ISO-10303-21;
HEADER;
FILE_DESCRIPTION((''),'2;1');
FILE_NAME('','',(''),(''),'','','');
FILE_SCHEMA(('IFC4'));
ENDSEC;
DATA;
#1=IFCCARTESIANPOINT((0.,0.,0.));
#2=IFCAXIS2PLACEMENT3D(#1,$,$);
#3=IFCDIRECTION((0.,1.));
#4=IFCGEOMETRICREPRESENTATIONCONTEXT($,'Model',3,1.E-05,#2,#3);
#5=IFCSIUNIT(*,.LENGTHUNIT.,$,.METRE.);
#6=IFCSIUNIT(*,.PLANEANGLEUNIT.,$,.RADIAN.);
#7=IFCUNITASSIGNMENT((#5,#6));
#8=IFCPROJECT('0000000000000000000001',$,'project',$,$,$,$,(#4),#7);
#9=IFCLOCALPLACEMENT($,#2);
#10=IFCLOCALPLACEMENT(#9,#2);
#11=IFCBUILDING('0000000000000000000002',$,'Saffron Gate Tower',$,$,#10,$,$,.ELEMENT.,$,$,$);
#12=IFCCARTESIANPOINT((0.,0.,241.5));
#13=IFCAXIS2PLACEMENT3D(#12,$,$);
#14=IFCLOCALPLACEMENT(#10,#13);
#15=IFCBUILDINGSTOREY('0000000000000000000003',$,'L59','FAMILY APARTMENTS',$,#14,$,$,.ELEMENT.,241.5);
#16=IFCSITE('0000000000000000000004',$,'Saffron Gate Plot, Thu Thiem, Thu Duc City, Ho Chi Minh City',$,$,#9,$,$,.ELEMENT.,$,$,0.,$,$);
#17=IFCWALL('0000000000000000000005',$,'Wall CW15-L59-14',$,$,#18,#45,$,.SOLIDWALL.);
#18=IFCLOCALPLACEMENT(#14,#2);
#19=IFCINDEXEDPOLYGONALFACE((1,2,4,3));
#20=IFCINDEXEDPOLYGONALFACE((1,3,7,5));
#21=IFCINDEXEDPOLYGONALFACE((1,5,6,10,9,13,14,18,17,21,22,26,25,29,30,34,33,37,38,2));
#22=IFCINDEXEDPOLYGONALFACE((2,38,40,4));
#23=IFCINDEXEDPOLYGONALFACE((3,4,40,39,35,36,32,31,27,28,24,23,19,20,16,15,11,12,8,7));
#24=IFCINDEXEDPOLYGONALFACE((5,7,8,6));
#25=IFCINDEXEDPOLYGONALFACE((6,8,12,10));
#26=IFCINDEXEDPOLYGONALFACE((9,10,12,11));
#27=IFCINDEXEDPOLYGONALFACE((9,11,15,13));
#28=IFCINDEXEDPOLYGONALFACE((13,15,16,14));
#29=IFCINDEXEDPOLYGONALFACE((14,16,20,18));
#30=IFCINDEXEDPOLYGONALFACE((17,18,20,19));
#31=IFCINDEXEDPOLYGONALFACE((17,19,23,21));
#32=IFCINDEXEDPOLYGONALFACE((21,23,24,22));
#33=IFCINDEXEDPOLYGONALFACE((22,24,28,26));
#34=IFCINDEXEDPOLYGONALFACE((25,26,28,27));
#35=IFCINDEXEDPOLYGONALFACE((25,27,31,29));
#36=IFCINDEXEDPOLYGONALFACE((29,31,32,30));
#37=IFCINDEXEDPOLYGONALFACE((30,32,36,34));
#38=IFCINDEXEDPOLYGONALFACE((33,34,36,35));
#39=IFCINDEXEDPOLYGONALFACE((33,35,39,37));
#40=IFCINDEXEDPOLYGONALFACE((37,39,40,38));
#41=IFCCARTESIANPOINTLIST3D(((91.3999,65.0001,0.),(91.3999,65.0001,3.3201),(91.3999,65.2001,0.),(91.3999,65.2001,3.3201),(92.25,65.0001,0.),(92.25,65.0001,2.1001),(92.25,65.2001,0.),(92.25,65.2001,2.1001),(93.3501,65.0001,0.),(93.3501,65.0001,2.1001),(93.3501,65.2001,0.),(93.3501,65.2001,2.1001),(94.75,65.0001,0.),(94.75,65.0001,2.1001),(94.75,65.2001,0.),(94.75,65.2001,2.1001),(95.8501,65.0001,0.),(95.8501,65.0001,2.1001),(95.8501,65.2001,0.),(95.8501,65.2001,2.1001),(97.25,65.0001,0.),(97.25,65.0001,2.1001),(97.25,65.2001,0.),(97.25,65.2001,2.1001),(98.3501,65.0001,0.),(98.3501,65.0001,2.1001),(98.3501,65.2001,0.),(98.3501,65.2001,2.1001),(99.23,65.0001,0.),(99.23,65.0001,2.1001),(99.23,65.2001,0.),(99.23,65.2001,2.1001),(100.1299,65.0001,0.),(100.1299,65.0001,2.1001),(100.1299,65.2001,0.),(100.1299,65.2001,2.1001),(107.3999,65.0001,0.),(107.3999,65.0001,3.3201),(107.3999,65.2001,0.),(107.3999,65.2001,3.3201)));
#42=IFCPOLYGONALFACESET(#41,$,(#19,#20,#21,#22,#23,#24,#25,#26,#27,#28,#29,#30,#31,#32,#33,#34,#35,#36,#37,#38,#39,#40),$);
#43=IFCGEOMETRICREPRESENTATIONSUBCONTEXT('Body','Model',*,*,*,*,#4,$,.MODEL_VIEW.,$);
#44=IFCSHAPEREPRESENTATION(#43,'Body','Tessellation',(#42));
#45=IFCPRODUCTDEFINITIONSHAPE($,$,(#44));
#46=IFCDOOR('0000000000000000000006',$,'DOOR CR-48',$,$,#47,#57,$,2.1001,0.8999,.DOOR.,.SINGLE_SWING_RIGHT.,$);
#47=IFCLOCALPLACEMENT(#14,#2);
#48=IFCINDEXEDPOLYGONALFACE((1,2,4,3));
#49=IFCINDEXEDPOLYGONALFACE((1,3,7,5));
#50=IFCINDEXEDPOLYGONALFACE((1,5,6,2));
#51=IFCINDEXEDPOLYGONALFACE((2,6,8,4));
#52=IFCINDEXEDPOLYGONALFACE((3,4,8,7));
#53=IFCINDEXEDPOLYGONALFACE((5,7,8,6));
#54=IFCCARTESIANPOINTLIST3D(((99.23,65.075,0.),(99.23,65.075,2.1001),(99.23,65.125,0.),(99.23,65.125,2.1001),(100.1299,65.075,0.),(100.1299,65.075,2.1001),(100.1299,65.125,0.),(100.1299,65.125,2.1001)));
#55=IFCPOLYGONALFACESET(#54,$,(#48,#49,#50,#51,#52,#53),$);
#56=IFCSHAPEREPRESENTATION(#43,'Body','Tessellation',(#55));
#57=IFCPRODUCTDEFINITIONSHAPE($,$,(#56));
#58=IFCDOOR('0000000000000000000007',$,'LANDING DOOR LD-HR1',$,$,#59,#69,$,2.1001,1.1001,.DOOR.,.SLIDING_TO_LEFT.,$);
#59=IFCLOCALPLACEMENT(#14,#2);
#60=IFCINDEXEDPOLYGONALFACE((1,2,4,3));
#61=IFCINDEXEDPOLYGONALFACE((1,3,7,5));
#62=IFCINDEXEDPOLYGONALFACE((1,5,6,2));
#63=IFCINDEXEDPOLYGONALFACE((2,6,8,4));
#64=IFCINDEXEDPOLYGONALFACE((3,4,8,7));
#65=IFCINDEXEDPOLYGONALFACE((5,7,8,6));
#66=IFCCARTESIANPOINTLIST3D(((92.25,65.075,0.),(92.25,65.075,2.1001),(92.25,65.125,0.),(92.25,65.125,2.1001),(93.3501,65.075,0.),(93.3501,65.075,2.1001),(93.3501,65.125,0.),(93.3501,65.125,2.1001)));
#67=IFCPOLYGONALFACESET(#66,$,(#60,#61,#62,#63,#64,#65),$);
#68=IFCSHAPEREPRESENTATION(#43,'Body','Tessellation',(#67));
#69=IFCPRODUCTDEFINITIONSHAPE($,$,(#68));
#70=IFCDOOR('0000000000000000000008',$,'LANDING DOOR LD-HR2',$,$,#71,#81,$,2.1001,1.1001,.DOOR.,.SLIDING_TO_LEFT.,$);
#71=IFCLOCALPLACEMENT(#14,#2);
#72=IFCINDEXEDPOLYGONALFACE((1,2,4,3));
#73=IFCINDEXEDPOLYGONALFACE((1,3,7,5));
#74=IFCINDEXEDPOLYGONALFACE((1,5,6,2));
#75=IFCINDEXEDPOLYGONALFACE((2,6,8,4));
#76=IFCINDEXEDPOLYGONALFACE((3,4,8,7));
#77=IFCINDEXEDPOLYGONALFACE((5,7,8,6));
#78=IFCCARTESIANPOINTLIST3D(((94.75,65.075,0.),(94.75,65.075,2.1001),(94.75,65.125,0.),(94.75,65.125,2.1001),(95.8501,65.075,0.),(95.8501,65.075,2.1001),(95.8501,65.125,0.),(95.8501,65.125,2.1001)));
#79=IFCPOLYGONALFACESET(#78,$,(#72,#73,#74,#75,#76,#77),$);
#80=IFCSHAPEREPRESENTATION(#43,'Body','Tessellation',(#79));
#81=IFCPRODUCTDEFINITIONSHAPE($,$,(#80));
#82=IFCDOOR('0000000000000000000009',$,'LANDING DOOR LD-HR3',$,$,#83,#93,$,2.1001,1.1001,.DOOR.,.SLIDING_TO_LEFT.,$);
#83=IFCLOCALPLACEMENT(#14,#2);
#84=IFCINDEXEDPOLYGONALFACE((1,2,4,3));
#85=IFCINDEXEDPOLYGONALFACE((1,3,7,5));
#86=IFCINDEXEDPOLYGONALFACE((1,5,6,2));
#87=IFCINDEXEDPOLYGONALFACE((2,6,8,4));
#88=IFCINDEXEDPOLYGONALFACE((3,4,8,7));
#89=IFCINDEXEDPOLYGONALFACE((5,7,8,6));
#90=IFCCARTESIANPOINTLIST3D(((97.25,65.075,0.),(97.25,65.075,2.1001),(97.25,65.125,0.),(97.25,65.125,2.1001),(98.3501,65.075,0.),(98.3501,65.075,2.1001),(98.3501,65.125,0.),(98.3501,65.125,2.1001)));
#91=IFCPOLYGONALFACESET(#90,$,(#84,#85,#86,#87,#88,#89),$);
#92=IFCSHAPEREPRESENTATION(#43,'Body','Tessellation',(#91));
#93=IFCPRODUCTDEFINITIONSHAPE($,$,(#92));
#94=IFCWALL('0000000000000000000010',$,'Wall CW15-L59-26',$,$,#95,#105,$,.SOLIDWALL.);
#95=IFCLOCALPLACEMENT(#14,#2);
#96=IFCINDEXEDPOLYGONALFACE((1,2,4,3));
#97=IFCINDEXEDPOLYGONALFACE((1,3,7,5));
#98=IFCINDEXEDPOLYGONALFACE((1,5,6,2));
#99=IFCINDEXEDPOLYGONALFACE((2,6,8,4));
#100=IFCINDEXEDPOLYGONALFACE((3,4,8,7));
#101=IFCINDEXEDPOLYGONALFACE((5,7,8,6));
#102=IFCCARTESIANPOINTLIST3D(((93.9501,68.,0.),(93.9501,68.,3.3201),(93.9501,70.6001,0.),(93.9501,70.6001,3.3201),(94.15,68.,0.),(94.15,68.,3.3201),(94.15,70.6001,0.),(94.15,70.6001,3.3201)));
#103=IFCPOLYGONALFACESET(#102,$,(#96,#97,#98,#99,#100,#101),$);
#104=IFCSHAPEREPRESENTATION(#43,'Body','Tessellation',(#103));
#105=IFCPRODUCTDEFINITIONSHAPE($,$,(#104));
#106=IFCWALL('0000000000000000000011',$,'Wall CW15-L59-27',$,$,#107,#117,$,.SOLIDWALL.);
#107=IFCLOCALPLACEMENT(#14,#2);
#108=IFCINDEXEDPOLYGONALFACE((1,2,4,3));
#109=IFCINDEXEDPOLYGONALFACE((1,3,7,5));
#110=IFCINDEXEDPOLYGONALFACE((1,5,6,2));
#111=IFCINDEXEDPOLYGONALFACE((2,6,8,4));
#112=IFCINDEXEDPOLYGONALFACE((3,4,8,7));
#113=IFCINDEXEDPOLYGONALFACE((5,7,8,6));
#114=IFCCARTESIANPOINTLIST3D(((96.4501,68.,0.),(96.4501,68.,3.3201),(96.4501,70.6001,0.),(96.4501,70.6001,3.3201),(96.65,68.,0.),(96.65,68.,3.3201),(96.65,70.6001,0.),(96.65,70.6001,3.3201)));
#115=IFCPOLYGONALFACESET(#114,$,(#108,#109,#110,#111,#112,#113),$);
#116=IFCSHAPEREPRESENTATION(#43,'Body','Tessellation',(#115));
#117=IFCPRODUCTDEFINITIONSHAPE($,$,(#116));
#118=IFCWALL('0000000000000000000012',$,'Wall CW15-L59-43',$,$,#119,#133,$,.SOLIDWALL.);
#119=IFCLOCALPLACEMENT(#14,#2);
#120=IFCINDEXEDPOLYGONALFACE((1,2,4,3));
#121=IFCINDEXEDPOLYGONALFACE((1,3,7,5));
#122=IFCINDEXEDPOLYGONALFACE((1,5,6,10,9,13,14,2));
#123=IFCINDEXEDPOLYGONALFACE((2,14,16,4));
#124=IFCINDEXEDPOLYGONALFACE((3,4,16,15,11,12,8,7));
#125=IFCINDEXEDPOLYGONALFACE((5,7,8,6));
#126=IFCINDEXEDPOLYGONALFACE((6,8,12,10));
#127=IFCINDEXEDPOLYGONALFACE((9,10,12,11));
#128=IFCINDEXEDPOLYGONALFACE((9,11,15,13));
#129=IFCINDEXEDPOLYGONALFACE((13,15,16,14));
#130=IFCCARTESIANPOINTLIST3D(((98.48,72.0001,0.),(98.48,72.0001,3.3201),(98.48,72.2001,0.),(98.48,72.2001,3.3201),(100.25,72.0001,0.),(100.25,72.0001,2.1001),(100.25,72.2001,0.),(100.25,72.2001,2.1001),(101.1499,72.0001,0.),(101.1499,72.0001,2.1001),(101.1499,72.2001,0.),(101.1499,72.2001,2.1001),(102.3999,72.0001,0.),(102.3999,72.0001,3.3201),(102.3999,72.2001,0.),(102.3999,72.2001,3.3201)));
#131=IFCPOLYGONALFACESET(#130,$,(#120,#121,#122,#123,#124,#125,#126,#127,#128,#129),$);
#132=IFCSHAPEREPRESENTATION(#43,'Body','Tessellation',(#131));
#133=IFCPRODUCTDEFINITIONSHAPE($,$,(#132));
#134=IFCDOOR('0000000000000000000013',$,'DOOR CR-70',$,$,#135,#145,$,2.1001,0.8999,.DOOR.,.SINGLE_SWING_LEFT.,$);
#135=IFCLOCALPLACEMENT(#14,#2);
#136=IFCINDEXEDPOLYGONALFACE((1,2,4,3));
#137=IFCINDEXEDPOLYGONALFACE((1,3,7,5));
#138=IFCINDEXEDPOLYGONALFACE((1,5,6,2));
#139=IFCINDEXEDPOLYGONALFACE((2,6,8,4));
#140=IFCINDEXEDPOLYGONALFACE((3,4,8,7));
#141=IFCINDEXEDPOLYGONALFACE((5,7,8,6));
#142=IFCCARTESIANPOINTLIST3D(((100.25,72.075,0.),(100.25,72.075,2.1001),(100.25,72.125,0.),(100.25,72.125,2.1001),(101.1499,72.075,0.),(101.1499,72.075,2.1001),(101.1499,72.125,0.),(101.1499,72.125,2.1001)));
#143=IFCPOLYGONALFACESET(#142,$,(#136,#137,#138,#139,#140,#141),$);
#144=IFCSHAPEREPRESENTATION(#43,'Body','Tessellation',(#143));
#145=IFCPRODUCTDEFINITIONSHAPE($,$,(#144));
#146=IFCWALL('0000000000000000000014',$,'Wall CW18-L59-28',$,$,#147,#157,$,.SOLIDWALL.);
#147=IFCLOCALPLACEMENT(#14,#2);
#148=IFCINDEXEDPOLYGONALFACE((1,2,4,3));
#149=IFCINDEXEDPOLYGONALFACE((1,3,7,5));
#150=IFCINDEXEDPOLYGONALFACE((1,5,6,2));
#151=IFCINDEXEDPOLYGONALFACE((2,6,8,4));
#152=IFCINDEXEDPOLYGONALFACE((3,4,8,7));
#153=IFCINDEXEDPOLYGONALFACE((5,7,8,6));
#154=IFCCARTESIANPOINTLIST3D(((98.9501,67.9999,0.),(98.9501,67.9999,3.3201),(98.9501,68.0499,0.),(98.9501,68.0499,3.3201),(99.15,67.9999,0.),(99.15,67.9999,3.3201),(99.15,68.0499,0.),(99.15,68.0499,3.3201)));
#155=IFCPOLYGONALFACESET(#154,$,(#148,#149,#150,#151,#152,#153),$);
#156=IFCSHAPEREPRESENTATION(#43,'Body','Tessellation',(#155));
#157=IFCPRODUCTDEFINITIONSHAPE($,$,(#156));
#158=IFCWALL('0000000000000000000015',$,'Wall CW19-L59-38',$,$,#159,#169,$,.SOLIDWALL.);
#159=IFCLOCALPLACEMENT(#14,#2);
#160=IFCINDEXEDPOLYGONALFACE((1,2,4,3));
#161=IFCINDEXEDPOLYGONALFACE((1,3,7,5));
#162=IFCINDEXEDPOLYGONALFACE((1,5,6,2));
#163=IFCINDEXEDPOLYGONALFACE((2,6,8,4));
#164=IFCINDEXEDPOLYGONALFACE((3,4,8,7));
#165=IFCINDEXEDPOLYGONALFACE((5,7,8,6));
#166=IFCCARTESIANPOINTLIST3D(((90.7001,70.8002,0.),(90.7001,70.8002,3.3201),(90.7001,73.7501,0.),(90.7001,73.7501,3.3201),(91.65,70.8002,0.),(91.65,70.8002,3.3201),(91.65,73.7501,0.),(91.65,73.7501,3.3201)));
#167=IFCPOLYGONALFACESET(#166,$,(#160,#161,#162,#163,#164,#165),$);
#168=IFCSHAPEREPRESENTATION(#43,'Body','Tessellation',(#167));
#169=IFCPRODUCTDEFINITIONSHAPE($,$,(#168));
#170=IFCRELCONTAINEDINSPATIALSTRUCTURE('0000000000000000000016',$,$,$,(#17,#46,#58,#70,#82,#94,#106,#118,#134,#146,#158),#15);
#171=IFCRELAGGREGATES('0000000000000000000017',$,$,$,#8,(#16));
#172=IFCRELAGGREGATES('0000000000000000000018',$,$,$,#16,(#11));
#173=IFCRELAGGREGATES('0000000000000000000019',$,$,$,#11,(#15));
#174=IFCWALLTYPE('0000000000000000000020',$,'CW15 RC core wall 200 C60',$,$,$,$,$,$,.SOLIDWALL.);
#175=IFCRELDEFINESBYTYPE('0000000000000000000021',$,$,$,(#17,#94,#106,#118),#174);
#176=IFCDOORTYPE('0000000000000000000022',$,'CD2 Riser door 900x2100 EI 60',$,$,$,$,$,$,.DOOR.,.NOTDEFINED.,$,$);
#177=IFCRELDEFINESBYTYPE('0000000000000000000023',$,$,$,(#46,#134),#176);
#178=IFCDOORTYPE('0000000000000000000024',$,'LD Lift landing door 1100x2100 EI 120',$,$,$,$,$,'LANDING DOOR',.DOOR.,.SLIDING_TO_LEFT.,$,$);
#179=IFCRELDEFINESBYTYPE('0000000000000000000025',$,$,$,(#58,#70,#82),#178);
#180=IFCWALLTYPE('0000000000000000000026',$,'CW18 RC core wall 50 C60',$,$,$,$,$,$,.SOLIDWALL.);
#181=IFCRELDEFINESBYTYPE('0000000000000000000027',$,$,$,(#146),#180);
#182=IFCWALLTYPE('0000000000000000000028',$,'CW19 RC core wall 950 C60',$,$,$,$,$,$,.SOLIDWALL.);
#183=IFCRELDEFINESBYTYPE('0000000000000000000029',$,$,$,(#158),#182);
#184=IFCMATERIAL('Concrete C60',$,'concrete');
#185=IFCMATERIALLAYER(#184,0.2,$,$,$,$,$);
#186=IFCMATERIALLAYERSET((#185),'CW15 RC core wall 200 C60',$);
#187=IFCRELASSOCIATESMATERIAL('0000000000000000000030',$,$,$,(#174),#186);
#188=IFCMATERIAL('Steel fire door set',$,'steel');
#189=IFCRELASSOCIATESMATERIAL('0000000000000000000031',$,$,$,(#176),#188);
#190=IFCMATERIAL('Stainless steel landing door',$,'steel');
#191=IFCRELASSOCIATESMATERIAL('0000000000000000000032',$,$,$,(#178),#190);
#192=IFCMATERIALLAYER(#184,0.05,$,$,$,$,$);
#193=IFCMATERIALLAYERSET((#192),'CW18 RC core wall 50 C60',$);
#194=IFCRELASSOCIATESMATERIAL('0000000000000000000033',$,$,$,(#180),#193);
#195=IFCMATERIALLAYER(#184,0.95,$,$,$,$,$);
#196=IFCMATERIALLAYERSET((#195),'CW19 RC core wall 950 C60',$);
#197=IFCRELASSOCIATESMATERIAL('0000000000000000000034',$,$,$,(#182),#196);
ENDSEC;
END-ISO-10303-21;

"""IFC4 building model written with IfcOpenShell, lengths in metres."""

from ifc_helpers import new_model, si_unit, direction, frame, frame_2d, origin, place, context, subcontext, project, spatial, rectangle, extrude, material, layer, layer_set, type_object, element, fill, save


model = new_model("IFC4")

# Units and contexts
model_context = context("Model", 3, precision=1e-05, world=origin(), true_north=direction((0.0, 1.0)))
body_context = subcontext(model_context, "Body", "Model", "MODEL_VIEW")
ifc_project = project(units=[si_unit("LENGTHUNIT", "METRE"), si_unit("PLANEANGLEUNIT", "RADIAN")], contexts=[model_context])

# Site, building, storey
site_placement = place(None, origin())
site = spatial("IfcSite", under=ifc_project, at=site_placement, Name="Saffron Gate Plot, Thu Thiem, Thu Duc City, Ho Chi Minh City", CompositionType="ELEMENT", RefElevation=0.0)
building_placement = place(site_placement, origin())
building = spatial("IfcBuilding", under=site, at=building_placement, Name="Saffron Gate Tower", CompositionType="ELEMENT")
storey_placement = place(building_placement, frame((0.0, 0.0, 241.5)))
storey = spatial("IfcBuildingStorey", under=building, at=storey_placement, Name="L59", Description="FAMILY APARTMENTS", CompositionType="ELEMENT", Elevation=241.5)

# Shared definitions
ifc_material_1 = material(Name="Concrete C60", Category="concrete")

# Shared definitions
ifc_material_2 = material(Name="Steel fire door set", Category="steel")

# Shared definitions
ifc_layer_1 = layer(ifc_material_1, 0.2)
ifc_layer_set_1 = layer_set([ifc_layer_1], Name="CW15 RC core wall 200 C60")
wall_type_1 = type_object("IfcWallType", Name="CW15 RC core wall 200 C60", PredefinedType="SOLIDWALL", material=ifc_layer_set_1)

# Wall, openings, doors
wall_1_placement = place(storey_placement, frame((91.3999, 65.1001, 0.0), z_axis=(0.0, 0.0, 1.0), x_axis=(1.0, 0.0, 0.0)))
wall_1 = element("IfcWall", 1, at=wall_1_placement, inside=storey, type_object=wall_type_1, Name="Wall CW15-L59-14", PredefinedType="SOLIDWALL", context=body_context, shape_type="SweptSolid", body=[
    extrude(rectangle(XDim=16.0, YDim=0.2, at=frame_2d((8.0, 0.0))), origin(), (0.0, 0.0, 1.0), 3.3201),
])
opening_1_placement = place(wall_1_placement, frame((0.8501, 0.0, 0.0)))
opening_1 = element("IfcOpeningElement", 2, at=opening_1_placement, cuts=wall_1, PredefinedType="OPENING", context=body_context, shape_type="SweptSolid", body=[
    extrude(rectangle(XDim=1.1001, YDim=2.1001, at=frame_2d((0.55, 1.05))), frame((0.0, 0.1099, 0.0), z_axis=(0.0, -1.0, 0.0), x_axis=(1.0, 0.0, 0.0)), (0.0, 0.0, 1.0), 0.22),
])
opening_2_placement = place(wall_1_placement, frame((3.3501, 0.0, 0.0)))
opening_2 = element("IfcOpeningElement", 3, at=opening_2_placement, cuts=wall_1, PredefinedType="OPENING", context=body_context, shape_type="SweptSolid", body=[
    extrude(rectangle(XDim=1.1001, YDim=2.1001, at=frame_2d((0.55, 1.05))), frame((0.0, 0.1099, 0.0), z_axis=(0.0, -1.0, 0.0), x_axis=(1.0, 0.0, 0.0)), (0.0, 0.0, 1.0), 0.22),
])
opening_3_placement = place(wall_1_placement, frame((5.8501, 0.0, 0.0)))
opening_3 = element("IfcOpeningElement", 4, at=opening_3_placement, cuts=wall_1, PredefinedType="OPENING", context=body_context, shape_type="SweptSolid", body=[
    extrude(rectangle(XDim=1.1001, YDim=2.1001, at=frame_2d((0.55, 1.05))), frame((0.0, 0.1099, 0.0), z_axis=(0.0, -1.0, 0.0), x_axis=(1.0, 0.0, 0.0)), (0.0, 0.0, 1.0), 0.22),
])
opening_4_placement = place(wall_1_placement, frame((7.8301, 0.0, 0.0)))
opening_4 = element("IfcOpeningElement", 5, at=opening_4_placement, cuts=wall_1, PredefinedType="OPENING", context=body_context, shape_type="SweptSolid", body=[
    extrude(rectangle(XDim=0.8999, YDim=2.1001, at=frame_2d((0.45, 1.05))), frame((0.0, 0.1099, 0.0), z_axis=(0.0, -1.0, 0.0), x_axis=(1.0, 0.0, 0.0)), (0.0, 0.0, 1.0), 0.22),
])
door_type_1 = type_object("IfcDoorType", Name="CD2 Riser door 900x2100 EI 60", OperationType="NOTDEFINED", PredefinedType="DOOR", material=ifc_material_2)
door_1_placement = place(opening_4_placement, origin())
door_1 = element("IfcDoor", 6, at=door_1_placement, inside=storey, type_object=door_type_1, Name="DOOR CR-48", OperationType="SINGLE_SWING_RIGHT", OverallHeight=2.1001, OverallWidth=0.8999, PredefinedType="DOOR", context=body_context, shape_type="SweptSolid", body=[
    extrude(rectangle(XDim=0.8999, YDim=2.1001, at=frame_2d((0.45, 1.05))), frame((0.0, 0.0249, 0.0), z_axis=(0.0, -1.0, 0.0), x_axis=(1.0, 0.0, 0.0)), (0.0, 0.0, 1.0), 0.05),
])
fill(opening_4, door_1)
ifc_material_3 = material(Name="Stainless steel landing door", Category="steel")
door_type_2 = type_object("IfcDoorType", Name="LD Lift landing door 1100x2100 EI 120", ElementType="LANDING DOOR", OperationType="SLIDING_TO_LEFT", PredefinedType="DOOR", material=ifc_material_3)
door_2_placement = place(opening_1_placement, origin())
door_2 = element("IfcDoor", 7, at=door_2_placement, inside=storey, type_object=door_type_2, Name="LANDING DOOR LD-HR1", OperationType="SLIDING_TO_LEFT", OverallHeight=2.1001, OverallWidth=1.1001, PredefinedType="DOOR", context=body_context, shape_type="SweptSolid", body=[
    extrude(rectangle(XDim=1.1001, YDim=2.1001, at=frame_2d((0.55, 1.05))), frame((0.0, 0.0249, 0.0), z_axis=(0.0, -1.0, 0.0), x_axis=(1.0, 0.0, 0.0)), (0.0, 0.0, 1.0), 0.05),
])
fill(opening_1, door_2)
door_3_placement = place(opening_2_placement, origin())
door_3 = element("IfcDoor", 8, at=door_3_placement, inside=storey, type_object=door_type_2, Name="LANDING DOOR LD-HR2", OperationType="SLIDING_TO_LEFT", OverallHeight=2.1001, OverallWidth=1.1001, PredefinedType="DOOR", context=body_context, shape_type="SweptSolid", body=[
    extrude(rectangle(XDim=1.1001, YDim=2.1001, at=frame_2d((0.55, 1.05))), frame((0.0, 0.0249, 0.0), z_axis=(0.0, -1.0, 0.0), x_axis=(1.0, 0.0, 0.0)), (0.0, 0.0, 1.0), 0.05),
])
fill(opening_2, door_3)
door_4_placement = place(opening_3_placement, origin())
door_4 = element("IfcDoor", 9, at=door_4_placement, inside=storey, type_object=door_type_2, Name="LANDING DOOR LD-HR3", OperationType="SLIDING_TO_LEFT", OverallHeight=2.1001, OverallWidth=1.1001, PredefinedType="DOOR", context=body_context, shape_type="SweptSolid", body=[
    extrude(rectangle(XDim=1.1001, YDim=2.1001, at=frame_2d((0.55, 1.05))), frame((0.0, 0.0249, 0.0), z_axis=(0.0, -1.0, 0.0), x_axis=(1.0, 0.0, 0.0)), (0.0, 0.0, 1.0), 0.05),
])
fill(opening_3, door_4)

# Walls
for number, where, z_axis, x_axis, name in (
    (10, (94.05, 68.0, 0.0), (0.0, 0.0, 1.0), (0.0, 1.0, 0.0), "Wall CW15-L59-26"),
    (11, (96.55, 68.0, 0.0), (0.0, 0.0, 1.0), (0.0, 1.0, 0.0), "Wall CW15-L59-27"),
):
    element("IfcWall", number, at=place(storey_placement, frame(where, z_axis=z_axis, x_axis=x_axis)), inside=storey, type_object=wall_type_1, Name=name, PredefinedType="SOLIDWALL", context=body_context, shape_type="SweptSolid", body=[
        extrude(rectangle(XDim=2.6001, YDim=0.2, at=frame_2d((1.3, 0.0))), origin(), (0.0, 0.0, 1.0), 3.3201),
    ])

# Wall, opening, door
wall_2_placement = place(storey_placement, frame((98.48, 72.1001, 0.0), z_axis=(0.0, 0.0, 1.0), x_axis=(1.0, 0.0, 0.0)))
wall_2 = element("IfcWall", 12, at=wall_2_placement, inside=storey, type_object=wall_type_1, Name="Wall CW15-L59-43", PredefinedType="SOLIDWALL", context=body_context, shape_type="SweptSolid", body=[
    extrude(rectangle(XDim=3.9199, YDim=0.2, at=frame_2d((1.96, 0.0))), origin(), (0.0, 0.0, 1.0), 3.3201),
])
opening_5_placement = place(wall_2_placement, frame((1.77, 0.0, 0.0)))
opening_5 = element("IfcOpeningElement", 13, at=opening_5_placement, cuts=wall_2, PredefinedType="OPENING", context=body_context, shape_type="SweptSolid", body=[
    extrude(rectangle(XDim=0.8999, YDim=2.1001, at=frame_2d((0.45, 1.05))), frame((0.0, 0.1099, 0.0), z_axis=(0.0, -1.0, 0.0), x_axis=(1.0, 0.0, 0.0)), (0.0, 0.0, 1.0), 0.22),
])
door_5_placement = place(opening_5_placement, origin())
door_5 = element("IfcDoor", 14, at=door_5_placement, inside=storey, type_object=door_type_1, Name="DOOR CR-70", OperationType="SINGLE_SWING_LEFT", OverallHeight=2.1001, OverallWidth=0.8999, PredefinedType="DOOR", context=body_context, shape_type="SweptSolid", body=[
    extrude(rectangle(XDim=0.8999, YDim=2.1001, at=frame_2d((0.45, 1.05))), frame((0.0, 0.0249, 0.0), z_axis=(0.0, -1.0, 0.0), x_axis=(1.0, 0.0, 0.0)), (0.0, 0.0, 1.0), 0.05),
])
fill(opening_5, door_5)

# Walls
ifc_layer_2 = layer(ifc_material_1, 0.05)
ifc_layer_set_2 = layer_set([ifc_layer_2], Name="CW18 RC core wall 50 C60")
wall_type_2 = type_object("IfcWallType", Name="CW18 RC core wall 50 C60", PredefinedType="SOLIDWALL", material=ifc_layer_set_2)
wall_3_placement = place(storey_placement, frame((98.95, 68.0249, 0.0), z_axis=(0.0, 0.0, 1.0), x_axis=(1.0, 0.0, 0.0)))
element("IfcWall", 15, at=wall_3_placement, inside=storey, type_object=wall_type_2, Name="Wall CW18-L59-28", PredefinedType="SOLIDWALL", context=body_context, shape_type="SweptSolid", body=[
    extrude(rectangle(XDim=0.2, YDim=0.05, at=frame_2d((0.1001, 0.0))), origin(), (0.0, 0.0, 1.0), 3.3201),
])
ifc_layer_3 = layer(ifc_material_1, 0.95)
ifc_layer_set_3 = layer_set([ifc_layer_3], Name="CW19 RC core wall 950 C60")
wall_type_3 = type_object("IfcWallType", Name="CW19 RC core wall 950 C60", PredefinedType="SOLIDWALL", material=ifc_layer_set_3)
wall_4_placement = place(storey_placement, frame((91.175, 70.8, 0.0), z_axis=(0.0, 0.0, 1.0), x_axis=(0.0, 1.0, 0.0)))
element("IfcWall", 16, at=wall_4_placement, inside=storey, type_object=wall_type_3, Name="Wall CW19-L59-38", PredefinedType="SOLIDWALL", context=body_context, shape_type="SweptSolid", body=[
    extrude(rectangle(XDim=2.95, YDim=0.95, at=frame_2d((1.4751, 0.0))), origin(), (0.0, 0.0, 1.0), 3.3201),
])

save(model, "model.ifc")
